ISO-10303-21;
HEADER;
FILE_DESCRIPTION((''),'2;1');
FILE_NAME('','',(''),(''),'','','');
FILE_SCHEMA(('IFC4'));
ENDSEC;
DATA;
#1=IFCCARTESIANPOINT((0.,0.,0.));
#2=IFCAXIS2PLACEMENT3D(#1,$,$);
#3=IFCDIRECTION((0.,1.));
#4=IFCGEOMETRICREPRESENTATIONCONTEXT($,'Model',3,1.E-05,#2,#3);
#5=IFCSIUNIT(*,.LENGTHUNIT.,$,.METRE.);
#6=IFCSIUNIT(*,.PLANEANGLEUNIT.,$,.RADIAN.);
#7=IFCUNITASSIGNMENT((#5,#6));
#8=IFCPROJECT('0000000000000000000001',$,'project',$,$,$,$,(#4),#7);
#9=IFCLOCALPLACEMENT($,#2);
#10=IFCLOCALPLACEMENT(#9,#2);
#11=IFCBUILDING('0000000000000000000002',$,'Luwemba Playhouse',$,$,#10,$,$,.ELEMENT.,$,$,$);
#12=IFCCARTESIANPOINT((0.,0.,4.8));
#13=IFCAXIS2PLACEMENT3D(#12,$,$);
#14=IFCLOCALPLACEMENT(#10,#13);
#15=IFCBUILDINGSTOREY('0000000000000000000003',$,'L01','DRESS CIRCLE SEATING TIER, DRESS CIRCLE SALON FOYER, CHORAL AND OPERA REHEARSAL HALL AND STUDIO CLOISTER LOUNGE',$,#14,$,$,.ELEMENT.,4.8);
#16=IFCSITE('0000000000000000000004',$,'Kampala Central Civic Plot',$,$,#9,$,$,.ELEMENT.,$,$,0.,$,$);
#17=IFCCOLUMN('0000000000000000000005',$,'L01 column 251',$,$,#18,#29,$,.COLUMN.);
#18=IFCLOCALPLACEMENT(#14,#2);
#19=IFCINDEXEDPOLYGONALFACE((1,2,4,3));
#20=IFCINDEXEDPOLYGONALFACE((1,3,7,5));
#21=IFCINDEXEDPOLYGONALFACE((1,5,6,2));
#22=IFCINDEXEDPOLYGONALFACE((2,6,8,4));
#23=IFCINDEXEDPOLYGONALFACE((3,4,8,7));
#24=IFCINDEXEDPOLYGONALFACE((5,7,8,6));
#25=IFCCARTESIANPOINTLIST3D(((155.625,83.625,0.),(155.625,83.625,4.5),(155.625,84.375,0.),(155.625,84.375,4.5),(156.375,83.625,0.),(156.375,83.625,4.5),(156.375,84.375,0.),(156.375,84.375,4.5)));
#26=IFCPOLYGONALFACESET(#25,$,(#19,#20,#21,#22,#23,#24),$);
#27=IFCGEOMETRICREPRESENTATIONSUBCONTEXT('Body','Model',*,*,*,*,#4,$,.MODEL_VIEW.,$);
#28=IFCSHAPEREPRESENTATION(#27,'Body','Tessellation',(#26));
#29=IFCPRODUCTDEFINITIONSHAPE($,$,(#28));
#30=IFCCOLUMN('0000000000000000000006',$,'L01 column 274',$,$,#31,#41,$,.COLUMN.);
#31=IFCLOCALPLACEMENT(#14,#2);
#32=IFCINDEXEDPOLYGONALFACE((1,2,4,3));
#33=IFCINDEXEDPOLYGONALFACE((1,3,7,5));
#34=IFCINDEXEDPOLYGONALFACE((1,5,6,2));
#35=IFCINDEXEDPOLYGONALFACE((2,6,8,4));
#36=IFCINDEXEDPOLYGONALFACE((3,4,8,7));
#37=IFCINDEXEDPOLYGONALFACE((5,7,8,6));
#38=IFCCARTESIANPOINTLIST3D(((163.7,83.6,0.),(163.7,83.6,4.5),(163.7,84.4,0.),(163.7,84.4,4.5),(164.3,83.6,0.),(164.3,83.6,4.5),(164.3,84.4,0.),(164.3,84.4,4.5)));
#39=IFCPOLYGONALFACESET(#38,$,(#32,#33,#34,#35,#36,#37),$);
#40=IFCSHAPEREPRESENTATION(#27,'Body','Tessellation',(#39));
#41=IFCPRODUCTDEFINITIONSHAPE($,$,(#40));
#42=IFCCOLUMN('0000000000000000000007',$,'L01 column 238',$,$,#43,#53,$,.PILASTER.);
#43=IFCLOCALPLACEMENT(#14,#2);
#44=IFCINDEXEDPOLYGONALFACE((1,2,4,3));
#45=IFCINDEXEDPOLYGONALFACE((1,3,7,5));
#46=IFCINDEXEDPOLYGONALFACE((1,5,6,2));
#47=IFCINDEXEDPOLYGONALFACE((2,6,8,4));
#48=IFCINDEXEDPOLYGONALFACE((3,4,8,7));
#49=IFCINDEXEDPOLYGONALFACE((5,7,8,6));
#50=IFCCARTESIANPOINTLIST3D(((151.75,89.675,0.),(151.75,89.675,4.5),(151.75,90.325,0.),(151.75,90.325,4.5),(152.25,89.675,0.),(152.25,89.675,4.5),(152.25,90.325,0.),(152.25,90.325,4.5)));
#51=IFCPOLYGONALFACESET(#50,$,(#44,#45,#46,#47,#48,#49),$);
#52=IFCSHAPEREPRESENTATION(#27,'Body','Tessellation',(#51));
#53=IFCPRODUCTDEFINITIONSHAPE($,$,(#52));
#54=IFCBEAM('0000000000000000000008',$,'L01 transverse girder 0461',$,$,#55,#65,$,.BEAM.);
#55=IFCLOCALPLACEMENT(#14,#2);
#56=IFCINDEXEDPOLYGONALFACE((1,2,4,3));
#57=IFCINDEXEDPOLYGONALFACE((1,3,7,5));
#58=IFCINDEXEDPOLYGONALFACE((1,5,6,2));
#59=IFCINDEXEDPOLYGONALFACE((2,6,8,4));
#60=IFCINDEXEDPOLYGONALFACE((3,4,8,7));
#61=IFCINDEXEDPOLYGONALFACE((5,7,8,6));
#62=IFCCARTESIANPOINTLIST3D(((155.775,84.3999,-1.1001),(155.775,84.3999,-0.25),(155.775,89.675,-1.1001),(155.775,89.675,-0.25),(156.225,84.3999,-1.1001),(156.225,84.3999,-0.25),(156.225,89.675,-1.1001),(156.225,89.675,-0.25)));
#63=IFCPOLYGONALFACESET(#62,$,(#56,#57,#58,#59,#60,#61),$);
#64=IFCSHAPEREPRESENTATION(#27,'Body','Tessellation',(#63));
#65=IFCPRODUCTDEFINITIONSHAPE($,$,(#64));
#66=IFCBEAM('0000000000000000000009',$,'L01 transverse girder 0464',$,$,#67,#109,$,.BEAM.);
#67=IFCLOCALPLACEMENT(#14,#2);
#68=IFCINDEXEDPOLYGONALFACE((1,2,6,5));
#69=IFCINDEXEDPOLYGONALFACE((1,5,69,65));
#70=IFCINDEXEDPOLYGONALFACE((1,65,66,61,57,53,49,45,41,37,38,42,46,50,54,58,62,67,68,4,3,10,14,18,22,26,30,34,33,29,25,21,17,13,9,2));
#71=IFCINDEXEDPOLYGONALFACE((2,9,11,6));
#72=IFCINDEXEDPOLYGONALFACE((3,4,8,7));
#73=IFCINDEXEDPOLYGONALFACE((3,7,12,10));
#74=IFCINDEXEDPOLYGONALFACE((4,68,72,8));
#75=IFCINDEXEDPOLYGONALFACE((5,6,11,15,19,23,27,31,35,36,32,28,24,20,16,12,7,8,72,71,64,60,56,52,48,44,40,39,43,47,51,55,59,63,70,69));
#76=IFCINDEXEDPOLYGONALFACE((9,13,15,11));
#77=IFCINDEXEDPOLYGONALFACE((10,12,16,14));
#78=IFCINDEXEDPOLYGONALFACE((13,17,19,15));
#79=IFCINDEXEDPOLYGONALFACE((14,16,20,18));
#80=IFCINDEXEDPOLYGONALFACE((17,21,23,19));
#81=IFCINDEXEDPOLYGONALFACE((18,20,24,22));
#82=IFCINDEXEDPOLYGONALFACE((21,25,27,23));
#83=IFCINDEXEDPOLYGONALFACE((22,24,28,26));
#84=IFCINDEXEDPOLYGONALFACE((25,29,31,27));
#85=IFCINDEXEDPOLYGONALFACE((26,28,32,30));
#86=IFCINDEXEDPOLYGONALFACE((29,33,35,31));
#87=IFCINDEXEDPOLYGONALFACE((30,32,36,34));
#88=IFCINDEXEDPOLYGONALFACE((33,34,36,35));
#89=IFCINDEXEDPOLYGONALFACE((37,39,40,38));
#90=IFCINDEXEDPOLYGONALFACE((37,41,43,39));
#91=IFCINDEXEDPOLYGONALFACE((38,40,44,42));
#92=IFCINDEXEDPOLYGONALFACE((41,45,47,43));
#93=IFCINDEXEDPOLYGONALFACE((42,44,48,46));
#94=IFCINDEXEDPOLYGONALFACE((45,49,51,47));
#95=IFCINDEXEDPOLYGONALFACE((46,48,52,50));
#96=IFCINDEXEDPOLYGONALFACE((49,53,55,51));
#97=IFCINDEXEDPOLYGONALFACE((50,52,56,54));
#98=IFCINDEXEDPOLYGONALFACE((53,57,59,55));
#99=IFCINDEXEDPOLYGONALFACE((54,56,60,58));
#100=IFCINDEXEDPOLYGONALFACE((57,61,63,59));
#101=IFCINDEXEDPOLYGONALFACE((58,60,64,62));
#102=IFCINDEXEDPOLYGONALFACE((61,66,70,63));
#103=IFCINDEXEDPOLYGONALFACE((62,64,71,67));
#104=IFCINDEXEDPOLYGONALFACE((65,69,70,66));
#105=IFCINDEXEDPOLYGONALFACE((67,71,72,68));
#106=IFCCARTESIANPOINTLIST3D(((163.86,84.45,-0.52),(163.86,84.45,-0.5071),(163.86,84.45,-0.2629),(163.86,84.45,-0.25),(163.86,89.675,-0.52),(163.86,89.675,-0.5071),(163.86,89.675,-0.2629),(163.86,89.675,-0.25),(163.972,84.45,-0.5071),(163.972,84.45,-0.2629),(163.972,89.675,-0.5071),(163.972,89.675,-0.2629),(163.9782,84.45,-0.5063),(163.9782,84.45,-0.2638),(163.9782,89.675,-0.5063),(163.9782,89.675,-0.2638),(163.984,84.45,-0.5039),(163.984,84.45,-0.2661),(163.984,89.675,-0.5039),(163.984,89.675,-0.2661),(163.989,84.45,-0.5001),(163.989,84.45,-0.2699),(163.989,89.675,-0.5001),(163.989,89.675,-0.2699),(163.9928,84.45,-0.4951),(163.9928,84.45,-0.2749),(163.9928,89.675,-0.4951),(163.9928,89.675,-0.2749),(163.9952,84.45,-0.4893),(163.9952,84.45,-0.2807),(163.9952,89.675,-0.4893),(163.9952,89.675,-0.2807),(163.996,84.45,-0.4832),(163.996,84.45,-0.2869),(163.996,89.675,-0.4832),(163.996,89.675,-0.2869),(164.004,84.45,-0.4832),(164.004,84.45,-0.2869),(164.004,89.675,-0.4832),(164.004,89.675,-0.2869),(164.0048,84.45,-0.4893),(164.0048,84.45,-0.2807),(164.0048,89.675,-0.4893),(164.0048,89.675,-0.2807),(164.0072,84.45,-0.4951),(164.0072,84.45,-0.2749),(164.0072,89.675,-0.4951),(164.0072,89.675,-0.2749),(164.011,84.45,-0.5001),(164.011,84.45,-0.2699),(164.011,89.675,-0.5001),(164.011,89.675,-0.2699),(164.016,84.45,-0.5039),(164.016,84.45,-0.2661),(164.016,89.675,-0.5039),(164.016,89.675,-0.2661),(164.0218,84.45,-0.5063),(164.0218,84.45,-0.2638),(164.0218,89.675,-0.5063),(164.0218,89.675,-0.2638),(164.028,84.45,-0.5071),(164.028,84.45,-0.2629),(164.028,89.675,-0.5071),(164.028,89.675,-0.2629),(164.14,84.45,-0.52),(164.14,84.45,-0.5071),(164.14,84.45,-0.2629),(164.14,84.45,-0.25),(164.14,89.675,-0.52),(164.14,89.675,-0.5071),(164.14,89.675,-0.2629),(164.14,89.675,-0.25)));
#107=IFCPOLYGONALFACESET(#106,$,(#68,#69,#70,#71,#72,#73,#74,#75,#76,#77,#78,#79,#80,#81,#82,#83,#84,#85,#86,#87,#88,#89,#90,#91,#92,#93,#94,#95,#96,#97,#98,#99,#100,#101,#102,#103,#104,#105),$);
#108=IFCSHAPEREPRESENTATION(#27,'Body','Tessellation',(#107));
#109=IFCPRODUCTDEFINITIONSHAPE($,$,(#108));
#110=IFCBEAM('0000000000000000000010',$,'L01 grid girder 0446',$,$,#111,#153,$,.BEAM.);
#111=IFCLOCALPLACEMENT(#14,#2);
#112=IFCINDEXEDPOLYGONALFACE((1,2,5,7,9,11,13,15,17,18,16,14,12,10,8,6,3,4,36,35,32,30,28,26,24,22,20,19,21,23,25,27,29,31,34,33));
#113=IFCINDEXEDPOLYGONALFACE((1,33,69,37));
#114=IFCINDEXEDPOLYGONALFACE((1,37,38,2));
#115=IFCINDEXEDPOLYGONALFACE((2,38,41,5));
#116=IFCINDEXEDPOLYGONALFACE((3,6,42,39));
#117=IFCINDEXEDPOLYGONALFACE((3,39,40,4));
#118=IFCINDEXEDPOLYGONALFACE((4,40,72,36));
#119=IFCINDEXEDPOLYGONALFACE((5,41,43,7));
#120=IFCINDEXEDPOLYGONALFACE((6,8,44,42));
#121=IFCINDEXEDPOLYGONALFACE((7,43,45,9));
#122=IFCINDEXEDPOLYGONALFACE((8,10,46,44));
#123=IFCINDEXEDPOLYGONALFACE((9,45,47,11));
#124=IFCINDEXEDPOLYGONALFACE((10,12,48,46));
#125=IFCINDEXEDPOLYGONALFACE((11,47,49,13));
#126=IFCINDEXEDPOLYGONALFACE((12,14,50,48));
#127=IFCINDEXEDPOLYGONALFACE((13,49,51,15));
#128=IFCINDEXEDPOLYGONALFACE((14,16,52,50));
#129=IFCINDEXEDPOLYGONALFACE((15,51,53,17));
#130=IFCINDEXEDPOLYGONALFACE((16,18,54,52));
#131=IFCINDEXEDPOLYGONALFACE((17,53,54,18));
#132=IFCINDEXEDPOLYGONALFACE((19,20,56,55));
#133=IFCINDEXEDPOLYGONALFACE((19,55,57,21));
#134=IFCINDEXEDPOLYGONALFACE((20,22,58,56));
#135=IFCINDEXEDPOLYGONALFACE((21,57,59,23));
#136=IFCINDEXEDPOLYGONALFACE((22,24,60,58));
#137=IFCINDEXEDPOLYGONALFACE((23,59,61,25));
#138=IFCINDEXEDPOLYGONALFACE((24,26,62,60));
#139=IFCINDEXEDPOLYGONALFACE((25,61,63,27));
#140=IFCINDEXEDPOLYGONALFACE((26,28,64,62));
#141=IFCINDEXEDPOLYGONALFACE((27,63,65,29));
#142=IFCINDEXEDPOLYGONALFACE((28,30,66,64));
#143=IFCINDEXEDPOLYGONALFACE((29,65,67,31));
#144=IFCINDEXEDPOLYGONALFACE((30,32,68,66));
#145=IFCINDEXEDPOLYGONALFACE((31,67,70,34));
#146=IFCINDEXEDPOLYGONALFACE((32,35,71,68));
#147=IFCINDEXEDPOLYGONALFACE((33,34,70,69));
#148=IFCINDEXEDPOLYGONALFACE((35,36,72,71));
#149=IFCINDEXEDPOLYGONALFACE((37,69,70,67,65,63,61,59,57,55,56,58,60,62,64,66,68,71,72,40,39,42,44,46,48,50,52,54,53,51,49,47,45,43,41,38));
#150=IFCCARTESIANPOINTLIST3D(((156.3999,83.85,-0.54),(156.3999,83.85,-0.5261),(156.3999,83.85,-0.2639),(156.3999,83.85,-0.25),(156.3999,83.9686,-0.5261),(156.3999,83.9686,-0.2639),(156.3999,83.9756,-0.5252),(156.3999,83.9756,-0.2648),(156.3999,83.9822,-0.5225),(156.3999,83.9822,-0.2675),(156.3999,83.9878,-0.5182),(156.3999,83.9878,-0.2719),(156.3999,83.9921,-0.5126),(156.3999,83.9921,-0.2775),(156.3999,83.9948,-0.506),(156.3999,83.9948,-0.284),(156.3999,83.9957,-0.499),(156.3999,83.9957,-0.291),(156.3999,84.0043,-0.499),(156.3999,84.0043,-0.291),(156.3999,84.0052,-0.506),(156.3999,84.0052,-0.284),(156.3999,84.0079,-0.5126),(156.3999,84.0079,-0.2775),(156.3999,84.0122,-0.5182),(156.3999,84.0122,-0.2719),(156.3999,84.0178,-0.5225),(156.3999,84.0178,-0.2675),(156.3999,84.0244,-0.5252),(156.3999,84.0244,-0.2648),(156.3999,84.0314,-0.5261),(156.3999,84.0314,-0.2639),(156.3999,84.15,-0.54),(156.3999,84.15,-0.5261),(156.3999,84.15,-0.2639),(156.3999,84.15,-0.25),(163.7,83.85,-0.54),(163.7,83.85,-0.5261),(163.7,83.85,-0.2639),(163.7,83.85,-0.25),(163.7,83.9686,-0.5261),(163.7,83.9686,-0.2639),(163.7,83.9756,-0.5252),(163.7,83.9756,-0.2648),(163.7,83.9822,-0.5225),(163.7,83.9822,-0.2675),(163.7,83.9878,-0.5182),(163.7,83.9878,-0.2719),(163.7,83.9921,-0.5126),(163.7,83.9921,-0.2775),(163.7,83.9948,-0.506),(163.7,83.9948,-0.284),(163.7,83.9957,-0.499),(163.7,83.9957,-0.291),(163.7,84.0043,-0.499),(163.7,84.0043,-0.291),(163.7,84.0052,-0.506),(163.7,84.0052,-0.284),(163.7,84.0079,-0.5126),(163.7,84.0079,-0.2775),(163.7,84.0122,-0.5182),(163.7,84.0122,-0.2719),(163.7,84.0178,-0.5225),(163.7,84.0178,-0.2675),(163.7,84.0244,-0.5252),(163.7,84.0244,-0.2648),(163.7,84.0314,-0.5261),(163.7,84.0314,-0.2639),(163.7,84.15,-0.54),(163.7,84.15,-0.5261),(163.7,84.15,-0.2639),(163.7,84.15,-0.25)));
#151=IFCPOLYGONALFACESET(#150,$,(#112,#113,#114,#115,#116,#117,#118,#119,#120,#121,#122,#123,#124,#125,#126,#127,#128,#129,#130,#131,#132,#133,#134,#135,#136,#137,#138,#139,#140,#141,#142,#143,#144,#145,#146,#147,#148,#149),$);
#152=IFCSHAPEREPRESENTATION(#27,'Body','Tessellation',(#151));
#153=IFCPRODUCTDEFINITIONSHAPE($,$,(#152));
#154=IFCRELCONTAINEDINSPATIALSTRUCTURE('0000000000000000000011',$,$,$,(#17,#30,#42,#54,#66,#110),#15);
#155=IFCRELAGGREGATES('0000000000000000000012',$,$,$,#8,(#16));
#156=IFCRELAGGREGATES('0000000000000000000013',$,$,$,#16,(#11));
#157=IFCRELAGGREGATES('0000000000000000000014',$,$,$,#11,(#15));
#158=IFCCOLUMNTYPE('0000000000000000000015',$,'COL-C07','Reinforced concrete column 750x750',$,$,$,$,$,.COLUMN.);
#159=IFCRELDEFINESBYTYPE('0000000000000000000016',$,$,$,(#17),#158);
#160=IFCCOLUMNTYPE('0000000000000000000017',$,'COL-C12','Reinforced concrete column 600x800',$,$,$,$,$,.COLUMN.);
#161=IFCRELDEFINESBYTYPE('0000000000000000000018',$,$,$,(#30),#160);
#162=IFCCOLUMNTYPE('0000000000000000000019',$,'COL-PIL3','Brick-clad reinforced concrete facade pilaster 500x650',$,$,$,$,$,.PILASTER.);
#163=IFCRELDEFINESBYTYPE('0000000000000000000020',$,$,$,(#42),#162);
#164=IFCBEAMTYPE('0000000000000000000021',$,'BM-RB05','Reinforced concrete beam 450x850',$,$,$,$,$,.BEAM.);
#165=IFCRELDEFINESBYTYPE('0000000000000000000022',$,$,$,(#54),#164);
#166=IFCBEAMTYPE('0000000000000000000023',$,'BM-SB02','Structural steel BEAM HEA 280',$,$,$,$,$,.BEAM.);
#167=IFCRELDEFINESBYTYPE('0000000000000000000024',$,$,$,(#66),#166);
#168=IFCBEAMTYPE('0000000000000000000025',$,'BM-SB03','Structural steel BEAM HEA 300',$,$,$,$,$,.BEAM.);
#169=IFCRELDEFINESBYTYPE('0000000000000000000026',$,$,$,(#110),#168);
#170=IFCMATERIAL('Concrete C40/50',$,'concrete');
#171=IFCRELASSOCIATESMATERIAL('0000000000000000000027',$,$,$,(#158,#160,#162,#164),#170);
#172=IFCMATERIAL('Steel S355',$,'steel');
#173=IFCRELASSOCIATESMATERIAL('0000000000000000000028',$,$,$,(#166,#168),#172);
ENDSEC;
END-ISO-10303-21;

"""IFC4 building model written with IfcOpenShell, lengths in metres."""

from ifc_helpers import new_model, si_unit, direction, frame, origin, origin_2d, place, context, subcontext, project, spatial, rectangle, i_section, extrude, material, material_profile, profile_set, type_object, element, save


model = new_model("IFC4")

# Units and contexts
model_context = context("Model", 3, precision=1e-05, world=origin(), true_north=direction((0.0, 1.0)))
body_context = subcontext(model_context, "Body", "Model", "MODEL_VIEW")
ifc_project = project(units=[si_unit("LENGTHUNIT", "METRE"), si_unit("PLANEANGLEUNIT", "RADIAN")], contexts=[model_context])

# Site, building, storey
site_placement = place(None, origin())
site = spatial("IfcSite", under=ifc_project, at=site_placement, Name="Kampala Central Civic Plot", CompositionType="ELEMENT", RefElevation=0.0)
building_placement = place(site_placement, origin())
building = spatial("IfcBuilding", under=site, at=building_placement, Name="Luwemba Playhouse", CompositionType="ELEMENT")
storey_placement = place(building_placement, frame((0.0, 0.0, 4.8)))
storey = spatial("IfcBuildingStorey", under=building, at=storey_placement, Name="L01", Description="DRESS CIRCLE SEATING TIER, DRESS CIRCLE SALON FOYER, CHORAL AND OPERA REHEARSAL HALL AND STUDIO CLOISTER LOUNGE", CompositionType="ELEMENT", Elevation=4.8)

# Columns
ifc_material_1 = material(Name="Concrete C40/50", Category="concrete")
ifc_material_profile_1 = material_profile(ifc_material_1, rectangle(XDim=0.75, YDim=0.75, at=origin_2d()))
ifc_profile_set_1 = profile_set([ifc_material_profile_1], Name="Concrete C40/50")
column_type_1 = type_object("IfcColumnType", Name="COL-C07", Description="Reinforced concrete column 750x750", PredefinedType="COLUMN", material=ifc_profile_set_1)
column_1_placement = place(storey_placement, frame((156.0, 84.0, 0.0), z_axis=(0.0, 0.0, 1.0), x_axis=(1.0, 0.0, 0.0)))
element("IfcColumn", 1, at=column_1_placement, inside=storey, type_object=column_type_1, Name="L01 column 251", PredefinedType="COLUMN", context=body_context, shape_type="SweptSolid", body=[
    extrude(rectangle(XDim=0.75, YDim=0.75, at=origin_2d()), origin(), (0.0, 0.0, 1.0), 4.5),
])
ifc_material_profile_2 = material_profile(ifc_material_1, rectangle(XDim=0.6001, YDim=0.8, at=origin_2d()))
ifc_profile_set_2 = profile_set([ifc_material_profile_2], Name="Concrete C40/50")
column_type_2 = type_object("IfcColumnType", Name="COL-C12", Description="Reinforced concrete column 600x800", PredefinedType="COLUMN", material=ifc_profile_set_2)
column_2_placement = place(storey_placement, frame((164.0, 84.0, 0.0), z_axis=(0.0, 0.0, 1.0), x_axis=(1.0, 0.0, 0.0)))
element("IfcColumn", 2, at=column_2_placement, inside=storey, type_object=column_type_2, Name="L01 column 274", PredefinedType="COLUMN", context=body_context, shape_type="SweptSolid", body=[
    extrude(rectangle(XDim=0.6001, YDim=0.8, at=origin_2d()), origin(), (0.0, 0.0, 1.0), 4.5),
])
ifc_material_profile_3 = material_profile(ifc_material_1, rectangle(XDim=0.5, YDim=0.6499, at=origin_2d()))
ifc_profile_set_3 = profile_set([ifc_material_profile_3], Name="Concrete C40/50")
column_type_3 = type_object("IfcColumnType", Name="COL-PIL3", Description="Brick-clad reinforced concrete facade pilaster 500x650", PredefinedType="PILASTER", material=ifc_profile_set_3)
column_3_placement = place(storey_placement, frame((152.0, 90.0, 0.0), z_axis=(0.0, 0.0, 1.0), x_axis=(1.0, 0.0, 0.0)))
element("IfcColumn", 3, at=column_3_placement, inside=storey, type_object=column_type_3, Name="L01 column 238", PredefinedType="PILASTER", context=body_context, shape_type="SweptSolid", body=[
    extrude(rectangle(XDim=0.5, YDim=0.6499, at=origin_2d()), origin(), (0.0, 0.0, 1.0), 4.5),
])

# Beams
ifc_material_profile_4 = material_profile(ifc_material_1, rectangle(XDim=0.45, YDim=0.8501, at=origin_2d()))
ifc_profile_set_4 = profile_set([ifc_material_profile_4], Name="Concrete C40/50")
beam_type_1 = type_object("IfcBeamType", Name="BM-RB05", Description="Reinforced concrete beam 450x850", PredefinedType="BEAM", material=ifc_profile_set_4)
beam_1_placement = place(storey_placement, frame((156.0, 84.3999, -0.675), z_axis=(0.0, 1.0, 0.0), x_axis=(-1.0, 0.0, 0.0)))
element("IfcBeam", 4, at=beam_1_placement, inside=storey, type_object=beam_type_1, Name="L01 transverse girder 0461", PredefinedType="BEAM", context=body_context, shape_type="SweptSolid", body=[
    extrude(rectangle(XDim=0.45, YDim=0.8501, at=origin_2d()), origin(), (0.0, 0.0, 1.0), 5.2751),
])
ifc_material_2 = material(Name="Steel S355", Category="steel")
ifc_material_profile_5 = material_profile(ifc_material_2, i_section(OverallWidth=0.28, OverallDepth=0.27, WebThickness=0.0081, FlangeThickness=0.0129, FilletRadius=0.0239, at=origin_2d()))
ifc_profile_set_5 = profile_set([ifc_material_profile_5], Name="Steel S355")
beam_type_2 = type_object("IfcBeamType", Name="BM-SB02", Description="Structural steel BEAM HEA 280", PredefinedType="BEAM", material=ifc_profile_set_5)
beam_2_placement = place(storey_placement, frame((164.0, 84.45, -0.385), z_axis=(0.0, 1.0, 0.0), x_axis=(-1.0, 0.0, 0.0)))
element("IfcBeam", 5, at=beam_2_placement, inside=storey, type_object=beam_type_2, Name="L01 transverse girder 0464", PredefinedType="BEAM", context=body_context, shape_type="SweptSolid", body=[
    extrude(i_section(OverallWidth=0.28, OverallDepth=0.27, WebThickness=0.0081, FlangeThickness=0.0129, FilletRadius=0.0239, at=origin_2d()), origin(), (0.0, 0.0, 1.0), 5.2251),
])
ifc_material_profile_6 = material_profile(ifc_material_2, i_section(OverallWidth=0.3, OverallDepth=0.29, WebThickness=0.0085, FlangeThickness=0.0139, FilletRadius=0.0271, at=origin_2d()))
ifc_profile_set_6 = profile_set([ifc_material_profile_6], Name="Steel S355")
beam_type_3 = type_object("IfcBeamType", Name="BM-SB03", Description="Structural steel BEAM HEA 300", PredefinedType="BEAM", material=ifc_profile_set_6)
beam_3_placement = place(storey_placement, frame((156.3999, 84.0, -0.395), z_axis=(1.0, 0.0, 0.0), x_axis=(0.0, 1.0, 0.0)))
element("IfcBeam", 6, at=beam_3_placement, inside=storey, type_object=beam_type_3, Name="L01 grid girder 0446", PredefinedType="BEAM", context=body_context, shape_type="SweptSolid", body=[
    extrude(i_section(OverallWidth=0.3, OverallDepth=0.29, WebThickness=0.0085, FlangeThickness=0.0139, FilletRadius=0.0271, at=origin_2d()), origin(), (0.0, 0.0, 1.0), 7.3),
])

save(model, "model.ifc")
